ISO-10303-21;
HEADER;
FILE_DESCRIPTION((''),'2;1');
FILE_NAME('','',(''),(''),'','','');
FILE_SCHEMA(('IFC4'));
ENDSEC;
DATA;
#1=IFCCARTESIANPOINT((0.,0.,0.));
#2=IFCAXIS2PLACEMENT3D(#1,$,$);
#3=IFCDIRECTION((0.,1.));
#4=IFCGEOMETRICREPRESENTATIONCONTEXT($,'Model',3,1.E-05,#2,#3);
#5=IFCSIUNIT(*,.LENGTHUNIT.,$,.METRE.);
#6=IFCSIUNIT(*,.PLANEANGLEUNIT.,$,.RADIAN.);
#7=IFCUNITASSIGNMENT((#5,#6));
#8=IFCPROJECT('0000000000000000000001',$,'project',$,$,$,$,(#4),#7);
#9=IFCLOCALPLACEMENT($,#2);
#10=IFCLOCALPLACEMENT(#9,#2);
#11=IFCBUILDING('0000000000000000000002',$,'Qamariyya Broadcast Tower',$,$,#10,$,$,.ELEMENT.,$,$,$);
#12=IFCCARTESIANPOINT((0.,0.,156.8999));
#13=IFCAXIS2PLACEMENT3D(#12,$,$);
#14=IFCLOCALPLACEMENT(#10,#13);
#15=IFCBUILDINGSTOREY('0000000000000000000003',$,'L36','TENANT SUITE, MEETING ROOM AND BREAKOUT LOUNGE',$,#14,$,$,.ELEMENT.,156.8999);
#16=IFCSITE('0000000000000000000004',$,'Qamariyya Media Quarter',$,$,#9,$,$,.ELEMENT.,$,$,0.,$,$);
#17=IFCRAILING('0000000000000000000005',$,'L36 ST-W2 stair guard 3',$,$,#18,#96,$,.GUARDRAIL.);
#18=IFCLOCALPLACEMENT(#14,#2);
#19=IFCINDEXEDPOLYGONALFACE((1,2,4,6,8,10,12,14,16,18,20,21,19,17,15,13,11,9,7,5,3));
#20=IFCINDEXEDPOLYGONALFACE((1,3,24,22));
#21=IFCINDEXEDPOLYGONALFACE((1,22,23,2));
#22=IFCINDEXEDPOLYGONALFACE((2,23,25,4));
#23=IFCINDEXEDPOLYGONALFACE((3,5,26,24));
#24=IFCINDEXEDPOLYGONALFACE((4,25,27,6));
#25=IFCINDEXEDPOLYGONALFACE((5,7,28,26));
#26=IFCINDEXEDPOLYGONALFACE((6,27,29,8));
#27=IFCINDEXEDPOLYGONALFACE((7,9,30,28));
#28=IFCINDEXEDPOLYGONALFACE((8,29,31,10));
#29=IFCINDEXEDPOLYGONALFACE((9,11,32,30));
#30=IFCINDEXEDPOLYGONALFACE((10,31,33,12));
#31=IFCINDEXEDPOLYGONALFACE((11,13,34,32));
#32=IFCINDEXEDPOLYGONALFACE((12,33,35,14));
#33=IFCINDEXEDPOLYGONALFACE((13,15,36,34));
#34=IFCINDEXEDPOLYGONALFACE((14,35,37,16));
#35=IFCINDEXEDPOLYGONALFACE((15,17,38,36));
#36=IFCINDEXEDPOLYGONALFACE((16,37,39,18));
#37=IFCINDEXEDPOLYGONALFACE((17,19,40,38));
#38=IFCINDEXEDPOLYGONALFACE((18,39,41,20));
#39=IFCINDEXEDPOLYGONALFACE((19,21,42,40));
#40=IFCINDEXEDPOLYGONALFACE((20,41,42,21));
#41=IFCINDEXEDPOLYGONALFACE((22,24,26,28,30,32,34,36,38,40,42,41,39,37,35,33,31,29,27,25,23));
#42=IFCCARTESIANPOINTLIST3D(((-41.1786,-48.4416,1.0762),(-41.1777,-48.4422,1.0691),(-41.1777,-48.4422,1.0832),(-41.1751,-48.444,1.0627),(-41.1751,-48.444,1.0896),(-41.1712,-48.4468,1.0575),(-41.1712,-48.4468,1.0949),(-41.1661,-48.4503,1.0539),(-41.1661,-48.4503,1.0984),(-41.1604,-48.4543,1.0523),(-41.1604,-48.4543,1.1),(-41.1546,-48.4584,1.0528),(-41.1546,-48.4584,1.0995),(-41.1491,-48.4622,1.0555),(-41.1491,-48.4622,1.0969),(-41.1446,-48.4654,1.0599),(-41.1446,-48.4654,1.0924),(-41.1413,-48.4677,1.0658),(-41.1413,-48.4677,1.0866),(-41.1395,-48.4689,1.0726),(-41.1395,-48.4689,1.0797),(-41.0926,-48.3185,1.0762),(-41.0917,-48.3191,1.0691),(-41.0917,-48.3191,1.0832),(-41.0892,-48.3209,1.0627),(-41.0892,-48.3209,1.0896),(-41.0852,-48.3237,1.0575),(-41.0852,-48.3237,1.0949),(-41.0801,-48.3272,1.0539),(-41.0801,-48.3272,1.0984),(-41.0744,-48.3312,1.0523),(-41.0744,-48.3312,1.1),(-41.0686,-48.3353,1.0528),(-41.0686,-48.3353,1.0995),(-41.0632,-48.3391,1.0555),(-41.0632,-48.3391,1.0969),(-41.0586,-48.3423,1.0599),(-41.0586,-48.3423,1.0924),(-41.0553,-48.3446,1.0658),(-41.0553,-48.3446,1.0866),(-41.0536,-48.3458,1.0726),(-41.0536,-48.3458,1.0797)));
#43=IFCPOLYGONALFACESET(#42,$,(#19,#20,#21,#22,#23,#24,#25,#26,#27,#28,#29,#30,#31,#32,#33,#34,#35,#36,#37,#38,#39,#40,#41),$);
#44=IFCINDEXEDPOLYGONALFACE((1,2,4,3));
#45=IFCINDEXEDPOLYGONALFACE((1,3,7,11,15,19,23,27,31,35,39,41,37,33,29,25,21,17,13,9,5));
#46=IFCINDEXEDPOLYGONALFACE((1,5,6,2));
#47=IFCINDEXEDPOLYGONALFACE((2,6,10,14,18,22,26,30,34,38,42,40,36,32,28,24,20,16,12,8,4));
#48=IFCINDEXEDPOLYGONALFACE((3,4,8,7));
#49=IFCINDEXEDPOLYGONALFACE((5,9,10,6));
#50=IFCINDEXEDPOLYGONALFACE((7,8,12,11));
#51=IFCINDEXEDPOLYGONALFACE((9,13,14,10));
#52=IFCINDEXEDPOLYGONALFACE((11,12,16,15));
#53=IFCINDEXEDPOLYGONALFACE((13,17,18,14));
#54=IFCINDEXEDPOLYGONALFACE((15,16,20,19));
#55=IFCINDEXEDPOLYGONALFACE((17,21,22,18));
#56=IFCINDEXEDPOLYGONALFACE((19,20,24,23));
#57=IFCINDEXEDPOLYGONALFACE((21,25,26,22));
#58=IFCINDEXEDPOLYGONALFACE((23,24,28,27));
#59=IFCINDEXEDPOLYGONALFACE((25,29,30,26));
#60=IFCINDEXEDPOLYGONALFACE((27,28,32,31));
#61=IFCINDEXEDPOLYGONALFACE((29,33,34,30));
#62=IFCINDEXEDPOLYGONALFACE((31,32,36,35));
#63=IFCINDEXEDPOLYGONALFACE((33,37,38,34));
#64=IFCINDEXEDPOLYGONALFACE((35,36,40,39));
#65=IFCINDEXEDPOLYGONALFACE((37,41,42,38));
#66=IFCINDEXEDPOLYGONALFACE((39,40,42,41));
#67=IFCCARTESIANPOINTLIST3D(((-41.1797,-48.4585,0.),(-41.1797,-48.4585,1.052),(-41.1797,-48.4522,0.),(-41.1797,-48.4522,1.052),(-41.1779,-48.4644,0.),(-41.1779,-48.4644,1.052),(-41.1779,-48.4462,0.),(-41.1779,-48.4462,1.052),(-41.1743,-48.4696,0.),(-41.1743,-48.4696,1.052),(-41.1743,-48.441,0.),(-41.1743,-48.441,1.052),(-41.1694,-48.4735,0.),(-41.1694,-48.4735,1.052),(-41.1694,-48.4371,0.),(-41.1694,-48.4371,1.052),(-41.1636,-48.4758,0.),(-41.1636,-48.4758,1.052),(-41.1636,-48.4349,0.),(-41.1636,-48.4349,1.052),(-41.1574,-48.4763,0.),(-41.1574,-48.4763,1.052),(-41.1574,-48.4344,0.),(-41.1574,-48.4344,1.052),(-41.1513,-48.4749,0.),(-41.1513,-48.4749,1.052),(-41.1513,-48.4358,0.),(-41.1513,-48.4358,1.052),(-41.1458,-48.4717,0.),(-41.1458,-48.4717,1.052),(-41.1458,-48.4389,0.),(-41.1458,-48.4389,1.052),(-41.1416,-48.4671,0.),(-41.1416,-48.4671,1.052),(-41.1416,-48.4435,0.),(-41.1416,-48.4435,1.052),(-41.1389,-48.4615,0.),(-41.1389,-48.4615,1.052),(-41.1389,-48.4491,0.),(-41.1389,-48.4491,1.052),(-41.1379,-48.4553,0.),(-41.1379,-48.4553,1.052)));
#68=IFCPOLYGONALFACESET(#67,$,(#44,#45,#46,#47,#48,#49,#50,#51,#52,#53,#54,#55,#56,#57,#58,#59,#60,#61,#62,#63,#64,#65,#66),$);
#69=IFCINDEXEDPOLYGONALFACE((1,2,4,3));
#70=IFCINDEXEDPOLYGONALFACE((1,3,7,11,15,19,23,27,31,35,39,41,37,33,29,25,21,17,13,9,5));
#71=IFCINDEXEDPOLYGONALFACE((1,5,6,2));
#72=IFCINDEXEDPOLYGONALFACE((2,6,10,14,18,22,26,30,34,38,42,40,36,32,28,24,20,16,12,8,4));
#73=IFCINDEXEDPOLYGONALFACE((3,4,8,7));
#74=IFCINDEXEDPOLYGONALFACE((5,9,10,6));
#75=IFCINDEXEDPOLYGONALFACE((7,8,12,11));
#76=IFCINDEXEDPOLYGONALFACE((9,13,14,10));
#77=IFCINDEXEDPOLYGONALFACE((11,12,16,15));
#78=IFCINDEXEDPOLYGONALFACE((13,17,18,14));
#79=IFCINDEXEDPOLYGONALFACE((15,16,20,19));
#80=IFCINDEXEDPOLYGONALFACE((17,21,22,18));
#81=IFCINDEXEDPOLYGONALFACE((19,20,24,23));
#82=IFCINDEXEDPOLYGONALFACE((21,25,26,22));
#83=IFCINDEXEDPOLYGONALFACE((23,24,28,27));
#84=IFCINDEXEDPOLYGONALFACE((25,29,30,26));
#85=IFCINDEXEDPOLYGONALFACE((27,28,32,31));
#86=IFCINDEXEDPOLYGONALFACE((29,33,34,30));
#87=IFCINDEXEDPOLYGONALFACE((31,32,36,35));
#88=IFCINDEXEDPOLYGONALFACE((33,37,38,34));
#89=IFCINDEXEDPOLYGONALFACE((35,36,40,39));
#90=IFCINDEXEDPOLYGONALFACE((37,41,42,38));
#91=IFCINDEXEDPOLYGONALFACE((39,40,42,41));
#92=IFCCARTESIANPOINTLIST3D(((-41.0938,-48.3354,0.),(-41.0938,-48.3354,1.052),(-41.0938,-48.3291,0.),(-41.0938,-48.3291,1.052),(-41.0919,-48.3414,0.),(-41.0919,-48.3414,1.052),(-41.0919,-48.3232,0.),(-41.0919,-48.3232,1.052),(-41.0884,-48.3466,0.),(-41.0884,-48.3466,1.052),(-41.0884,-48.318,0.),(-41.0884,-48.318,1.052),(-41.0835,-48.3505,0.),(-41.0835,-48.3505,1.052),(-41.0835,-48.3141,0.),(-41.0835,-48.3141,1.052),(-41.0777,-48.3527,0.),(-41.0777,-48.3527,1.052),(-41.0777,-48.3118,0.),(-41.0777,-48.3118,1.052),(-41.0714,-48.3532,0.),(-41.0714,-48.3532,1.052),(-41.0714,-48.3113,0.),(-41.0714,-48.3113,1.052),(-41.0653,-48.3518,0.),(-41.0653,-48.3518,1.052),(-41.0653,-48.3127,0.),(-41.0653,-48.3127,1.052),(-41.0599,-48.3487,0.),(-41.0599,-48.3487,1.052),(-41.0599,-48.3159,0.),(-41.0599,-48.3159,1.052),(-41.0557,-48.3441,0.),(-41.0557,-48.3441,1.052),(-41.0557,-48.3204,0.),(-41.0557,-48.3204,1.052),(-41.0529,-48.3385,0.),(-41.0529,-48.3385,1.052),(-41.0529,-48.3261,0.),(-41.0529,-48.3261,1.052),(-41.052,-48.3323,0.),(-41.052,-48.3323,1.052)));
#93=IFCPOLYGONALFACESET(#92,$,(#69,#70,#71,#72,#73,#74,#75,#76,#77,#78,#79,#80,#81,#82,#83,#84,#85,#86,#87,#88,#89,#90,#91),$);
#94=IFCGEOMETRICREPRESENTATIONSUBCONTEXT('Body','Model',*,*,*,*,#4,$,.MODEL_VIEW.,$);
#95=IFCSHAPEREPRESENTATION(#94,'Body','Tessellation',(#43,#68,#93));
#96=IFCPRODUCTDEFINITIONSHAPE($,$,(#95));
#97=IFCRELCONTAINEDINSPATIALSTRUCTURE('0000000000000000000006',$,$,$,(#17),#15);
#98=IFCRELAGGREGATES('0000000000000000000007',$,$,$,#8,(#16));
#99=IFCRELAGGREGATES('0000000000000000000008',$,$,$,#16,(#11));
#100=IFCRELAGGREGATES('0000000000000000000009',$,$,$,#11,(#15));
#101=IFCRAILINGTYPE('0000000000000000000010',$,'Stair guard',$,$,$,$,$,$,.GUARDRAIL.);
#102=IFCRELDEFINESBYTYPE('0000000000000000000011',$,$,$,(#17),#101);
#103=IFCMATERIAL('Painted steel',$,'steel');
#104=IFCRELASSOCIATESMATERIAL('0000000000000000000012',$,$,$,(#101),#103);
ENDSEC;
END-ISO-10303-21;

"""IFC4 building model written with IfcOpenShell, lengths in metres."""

from ifc_helpers import new_model, si_unit, direction, frame, origin, origin_2d, place, context, subcontext, project, spatial, circle, extrude, material, type_object, element, save


model = new_model("IFC4")

# Units and contexts
model_context = context("Model", 3, precision=1e-05, world=origin(), true_north=direction((0.0, 1.0)))
body_context = subcontext(model_context, "Body", "Model", "MODEL_VIEW")
ifc_project = project(units=[si_unit("LENGTHUNIT", "METRE"), si_unit("PLANEANGLEUNIT", "RADIAN")], contexts=[model_context])

# Site, building, storey
site_placement = place(None, origin())
site = spatial("IfcSite", under=ifc_project, at=site_placement, Name="Qamariyya Media Quarter", CompositionType="ELEMENT", RefElevation=0.0)
building_placement = place(site_placement, origin())
building = spatial("IfcBuilding", under=site, at=building_placement, Name="Qamariyya Broadcast Tower", CompositionType="ELEMENT")
storey_placement = place(building_placement, frame((0.0, 0.0, 156.8999)))
storey = spatial("IfcBuildingStorey", under=building, at=storey_placement, Name="L36", Description="TENANT SUITE, MEETING ROOM AND BREAKOUT LOUNGE", CompositionType="ELEMENT", Elevation=156.8999)

# Railing
ifc_material_1 = material(Name="Painted steel", Category="steel")
railing_type_1 = type_object("IfcRailingType", Name="Stair guard", PredefinedType="GUARDRAIL", material=ifc_material_1)
railing_1_placement = place(storey_placement, frame((-41.1589, -48.4553, 0.0)))
element("IfcRailing", 1, at=railing_1_placement, inside=storey, type_object=railing_type_1, Name="L36 ST-W2 stair guard 3", PredefinedType="GUARDRAIL", context=body_context, shape_type="SweptSolid", body=[
    extrude(circle(Radius=0.0239, at=origin_2d()), frame((0.0, 0.0, 1.0762), z_axis=(0.572589, 0.819843, 0.0), x_axis=(-0.819843, 0.572589, 0.0)), (0.0, 0.0, 1.0), 0.1501),
    extrude(circle(Radius=0.021, at=origin_2d()), origin(), (0.0, 0.0, 1.0), 1.052),
    extrude(circle(Radius=0.021, at=origin_2d()), frame((0.0859, 0.123, 0.0)), (0.0, 0.0, 1.0), 1.052),
])

save(model, "model.ifc")
